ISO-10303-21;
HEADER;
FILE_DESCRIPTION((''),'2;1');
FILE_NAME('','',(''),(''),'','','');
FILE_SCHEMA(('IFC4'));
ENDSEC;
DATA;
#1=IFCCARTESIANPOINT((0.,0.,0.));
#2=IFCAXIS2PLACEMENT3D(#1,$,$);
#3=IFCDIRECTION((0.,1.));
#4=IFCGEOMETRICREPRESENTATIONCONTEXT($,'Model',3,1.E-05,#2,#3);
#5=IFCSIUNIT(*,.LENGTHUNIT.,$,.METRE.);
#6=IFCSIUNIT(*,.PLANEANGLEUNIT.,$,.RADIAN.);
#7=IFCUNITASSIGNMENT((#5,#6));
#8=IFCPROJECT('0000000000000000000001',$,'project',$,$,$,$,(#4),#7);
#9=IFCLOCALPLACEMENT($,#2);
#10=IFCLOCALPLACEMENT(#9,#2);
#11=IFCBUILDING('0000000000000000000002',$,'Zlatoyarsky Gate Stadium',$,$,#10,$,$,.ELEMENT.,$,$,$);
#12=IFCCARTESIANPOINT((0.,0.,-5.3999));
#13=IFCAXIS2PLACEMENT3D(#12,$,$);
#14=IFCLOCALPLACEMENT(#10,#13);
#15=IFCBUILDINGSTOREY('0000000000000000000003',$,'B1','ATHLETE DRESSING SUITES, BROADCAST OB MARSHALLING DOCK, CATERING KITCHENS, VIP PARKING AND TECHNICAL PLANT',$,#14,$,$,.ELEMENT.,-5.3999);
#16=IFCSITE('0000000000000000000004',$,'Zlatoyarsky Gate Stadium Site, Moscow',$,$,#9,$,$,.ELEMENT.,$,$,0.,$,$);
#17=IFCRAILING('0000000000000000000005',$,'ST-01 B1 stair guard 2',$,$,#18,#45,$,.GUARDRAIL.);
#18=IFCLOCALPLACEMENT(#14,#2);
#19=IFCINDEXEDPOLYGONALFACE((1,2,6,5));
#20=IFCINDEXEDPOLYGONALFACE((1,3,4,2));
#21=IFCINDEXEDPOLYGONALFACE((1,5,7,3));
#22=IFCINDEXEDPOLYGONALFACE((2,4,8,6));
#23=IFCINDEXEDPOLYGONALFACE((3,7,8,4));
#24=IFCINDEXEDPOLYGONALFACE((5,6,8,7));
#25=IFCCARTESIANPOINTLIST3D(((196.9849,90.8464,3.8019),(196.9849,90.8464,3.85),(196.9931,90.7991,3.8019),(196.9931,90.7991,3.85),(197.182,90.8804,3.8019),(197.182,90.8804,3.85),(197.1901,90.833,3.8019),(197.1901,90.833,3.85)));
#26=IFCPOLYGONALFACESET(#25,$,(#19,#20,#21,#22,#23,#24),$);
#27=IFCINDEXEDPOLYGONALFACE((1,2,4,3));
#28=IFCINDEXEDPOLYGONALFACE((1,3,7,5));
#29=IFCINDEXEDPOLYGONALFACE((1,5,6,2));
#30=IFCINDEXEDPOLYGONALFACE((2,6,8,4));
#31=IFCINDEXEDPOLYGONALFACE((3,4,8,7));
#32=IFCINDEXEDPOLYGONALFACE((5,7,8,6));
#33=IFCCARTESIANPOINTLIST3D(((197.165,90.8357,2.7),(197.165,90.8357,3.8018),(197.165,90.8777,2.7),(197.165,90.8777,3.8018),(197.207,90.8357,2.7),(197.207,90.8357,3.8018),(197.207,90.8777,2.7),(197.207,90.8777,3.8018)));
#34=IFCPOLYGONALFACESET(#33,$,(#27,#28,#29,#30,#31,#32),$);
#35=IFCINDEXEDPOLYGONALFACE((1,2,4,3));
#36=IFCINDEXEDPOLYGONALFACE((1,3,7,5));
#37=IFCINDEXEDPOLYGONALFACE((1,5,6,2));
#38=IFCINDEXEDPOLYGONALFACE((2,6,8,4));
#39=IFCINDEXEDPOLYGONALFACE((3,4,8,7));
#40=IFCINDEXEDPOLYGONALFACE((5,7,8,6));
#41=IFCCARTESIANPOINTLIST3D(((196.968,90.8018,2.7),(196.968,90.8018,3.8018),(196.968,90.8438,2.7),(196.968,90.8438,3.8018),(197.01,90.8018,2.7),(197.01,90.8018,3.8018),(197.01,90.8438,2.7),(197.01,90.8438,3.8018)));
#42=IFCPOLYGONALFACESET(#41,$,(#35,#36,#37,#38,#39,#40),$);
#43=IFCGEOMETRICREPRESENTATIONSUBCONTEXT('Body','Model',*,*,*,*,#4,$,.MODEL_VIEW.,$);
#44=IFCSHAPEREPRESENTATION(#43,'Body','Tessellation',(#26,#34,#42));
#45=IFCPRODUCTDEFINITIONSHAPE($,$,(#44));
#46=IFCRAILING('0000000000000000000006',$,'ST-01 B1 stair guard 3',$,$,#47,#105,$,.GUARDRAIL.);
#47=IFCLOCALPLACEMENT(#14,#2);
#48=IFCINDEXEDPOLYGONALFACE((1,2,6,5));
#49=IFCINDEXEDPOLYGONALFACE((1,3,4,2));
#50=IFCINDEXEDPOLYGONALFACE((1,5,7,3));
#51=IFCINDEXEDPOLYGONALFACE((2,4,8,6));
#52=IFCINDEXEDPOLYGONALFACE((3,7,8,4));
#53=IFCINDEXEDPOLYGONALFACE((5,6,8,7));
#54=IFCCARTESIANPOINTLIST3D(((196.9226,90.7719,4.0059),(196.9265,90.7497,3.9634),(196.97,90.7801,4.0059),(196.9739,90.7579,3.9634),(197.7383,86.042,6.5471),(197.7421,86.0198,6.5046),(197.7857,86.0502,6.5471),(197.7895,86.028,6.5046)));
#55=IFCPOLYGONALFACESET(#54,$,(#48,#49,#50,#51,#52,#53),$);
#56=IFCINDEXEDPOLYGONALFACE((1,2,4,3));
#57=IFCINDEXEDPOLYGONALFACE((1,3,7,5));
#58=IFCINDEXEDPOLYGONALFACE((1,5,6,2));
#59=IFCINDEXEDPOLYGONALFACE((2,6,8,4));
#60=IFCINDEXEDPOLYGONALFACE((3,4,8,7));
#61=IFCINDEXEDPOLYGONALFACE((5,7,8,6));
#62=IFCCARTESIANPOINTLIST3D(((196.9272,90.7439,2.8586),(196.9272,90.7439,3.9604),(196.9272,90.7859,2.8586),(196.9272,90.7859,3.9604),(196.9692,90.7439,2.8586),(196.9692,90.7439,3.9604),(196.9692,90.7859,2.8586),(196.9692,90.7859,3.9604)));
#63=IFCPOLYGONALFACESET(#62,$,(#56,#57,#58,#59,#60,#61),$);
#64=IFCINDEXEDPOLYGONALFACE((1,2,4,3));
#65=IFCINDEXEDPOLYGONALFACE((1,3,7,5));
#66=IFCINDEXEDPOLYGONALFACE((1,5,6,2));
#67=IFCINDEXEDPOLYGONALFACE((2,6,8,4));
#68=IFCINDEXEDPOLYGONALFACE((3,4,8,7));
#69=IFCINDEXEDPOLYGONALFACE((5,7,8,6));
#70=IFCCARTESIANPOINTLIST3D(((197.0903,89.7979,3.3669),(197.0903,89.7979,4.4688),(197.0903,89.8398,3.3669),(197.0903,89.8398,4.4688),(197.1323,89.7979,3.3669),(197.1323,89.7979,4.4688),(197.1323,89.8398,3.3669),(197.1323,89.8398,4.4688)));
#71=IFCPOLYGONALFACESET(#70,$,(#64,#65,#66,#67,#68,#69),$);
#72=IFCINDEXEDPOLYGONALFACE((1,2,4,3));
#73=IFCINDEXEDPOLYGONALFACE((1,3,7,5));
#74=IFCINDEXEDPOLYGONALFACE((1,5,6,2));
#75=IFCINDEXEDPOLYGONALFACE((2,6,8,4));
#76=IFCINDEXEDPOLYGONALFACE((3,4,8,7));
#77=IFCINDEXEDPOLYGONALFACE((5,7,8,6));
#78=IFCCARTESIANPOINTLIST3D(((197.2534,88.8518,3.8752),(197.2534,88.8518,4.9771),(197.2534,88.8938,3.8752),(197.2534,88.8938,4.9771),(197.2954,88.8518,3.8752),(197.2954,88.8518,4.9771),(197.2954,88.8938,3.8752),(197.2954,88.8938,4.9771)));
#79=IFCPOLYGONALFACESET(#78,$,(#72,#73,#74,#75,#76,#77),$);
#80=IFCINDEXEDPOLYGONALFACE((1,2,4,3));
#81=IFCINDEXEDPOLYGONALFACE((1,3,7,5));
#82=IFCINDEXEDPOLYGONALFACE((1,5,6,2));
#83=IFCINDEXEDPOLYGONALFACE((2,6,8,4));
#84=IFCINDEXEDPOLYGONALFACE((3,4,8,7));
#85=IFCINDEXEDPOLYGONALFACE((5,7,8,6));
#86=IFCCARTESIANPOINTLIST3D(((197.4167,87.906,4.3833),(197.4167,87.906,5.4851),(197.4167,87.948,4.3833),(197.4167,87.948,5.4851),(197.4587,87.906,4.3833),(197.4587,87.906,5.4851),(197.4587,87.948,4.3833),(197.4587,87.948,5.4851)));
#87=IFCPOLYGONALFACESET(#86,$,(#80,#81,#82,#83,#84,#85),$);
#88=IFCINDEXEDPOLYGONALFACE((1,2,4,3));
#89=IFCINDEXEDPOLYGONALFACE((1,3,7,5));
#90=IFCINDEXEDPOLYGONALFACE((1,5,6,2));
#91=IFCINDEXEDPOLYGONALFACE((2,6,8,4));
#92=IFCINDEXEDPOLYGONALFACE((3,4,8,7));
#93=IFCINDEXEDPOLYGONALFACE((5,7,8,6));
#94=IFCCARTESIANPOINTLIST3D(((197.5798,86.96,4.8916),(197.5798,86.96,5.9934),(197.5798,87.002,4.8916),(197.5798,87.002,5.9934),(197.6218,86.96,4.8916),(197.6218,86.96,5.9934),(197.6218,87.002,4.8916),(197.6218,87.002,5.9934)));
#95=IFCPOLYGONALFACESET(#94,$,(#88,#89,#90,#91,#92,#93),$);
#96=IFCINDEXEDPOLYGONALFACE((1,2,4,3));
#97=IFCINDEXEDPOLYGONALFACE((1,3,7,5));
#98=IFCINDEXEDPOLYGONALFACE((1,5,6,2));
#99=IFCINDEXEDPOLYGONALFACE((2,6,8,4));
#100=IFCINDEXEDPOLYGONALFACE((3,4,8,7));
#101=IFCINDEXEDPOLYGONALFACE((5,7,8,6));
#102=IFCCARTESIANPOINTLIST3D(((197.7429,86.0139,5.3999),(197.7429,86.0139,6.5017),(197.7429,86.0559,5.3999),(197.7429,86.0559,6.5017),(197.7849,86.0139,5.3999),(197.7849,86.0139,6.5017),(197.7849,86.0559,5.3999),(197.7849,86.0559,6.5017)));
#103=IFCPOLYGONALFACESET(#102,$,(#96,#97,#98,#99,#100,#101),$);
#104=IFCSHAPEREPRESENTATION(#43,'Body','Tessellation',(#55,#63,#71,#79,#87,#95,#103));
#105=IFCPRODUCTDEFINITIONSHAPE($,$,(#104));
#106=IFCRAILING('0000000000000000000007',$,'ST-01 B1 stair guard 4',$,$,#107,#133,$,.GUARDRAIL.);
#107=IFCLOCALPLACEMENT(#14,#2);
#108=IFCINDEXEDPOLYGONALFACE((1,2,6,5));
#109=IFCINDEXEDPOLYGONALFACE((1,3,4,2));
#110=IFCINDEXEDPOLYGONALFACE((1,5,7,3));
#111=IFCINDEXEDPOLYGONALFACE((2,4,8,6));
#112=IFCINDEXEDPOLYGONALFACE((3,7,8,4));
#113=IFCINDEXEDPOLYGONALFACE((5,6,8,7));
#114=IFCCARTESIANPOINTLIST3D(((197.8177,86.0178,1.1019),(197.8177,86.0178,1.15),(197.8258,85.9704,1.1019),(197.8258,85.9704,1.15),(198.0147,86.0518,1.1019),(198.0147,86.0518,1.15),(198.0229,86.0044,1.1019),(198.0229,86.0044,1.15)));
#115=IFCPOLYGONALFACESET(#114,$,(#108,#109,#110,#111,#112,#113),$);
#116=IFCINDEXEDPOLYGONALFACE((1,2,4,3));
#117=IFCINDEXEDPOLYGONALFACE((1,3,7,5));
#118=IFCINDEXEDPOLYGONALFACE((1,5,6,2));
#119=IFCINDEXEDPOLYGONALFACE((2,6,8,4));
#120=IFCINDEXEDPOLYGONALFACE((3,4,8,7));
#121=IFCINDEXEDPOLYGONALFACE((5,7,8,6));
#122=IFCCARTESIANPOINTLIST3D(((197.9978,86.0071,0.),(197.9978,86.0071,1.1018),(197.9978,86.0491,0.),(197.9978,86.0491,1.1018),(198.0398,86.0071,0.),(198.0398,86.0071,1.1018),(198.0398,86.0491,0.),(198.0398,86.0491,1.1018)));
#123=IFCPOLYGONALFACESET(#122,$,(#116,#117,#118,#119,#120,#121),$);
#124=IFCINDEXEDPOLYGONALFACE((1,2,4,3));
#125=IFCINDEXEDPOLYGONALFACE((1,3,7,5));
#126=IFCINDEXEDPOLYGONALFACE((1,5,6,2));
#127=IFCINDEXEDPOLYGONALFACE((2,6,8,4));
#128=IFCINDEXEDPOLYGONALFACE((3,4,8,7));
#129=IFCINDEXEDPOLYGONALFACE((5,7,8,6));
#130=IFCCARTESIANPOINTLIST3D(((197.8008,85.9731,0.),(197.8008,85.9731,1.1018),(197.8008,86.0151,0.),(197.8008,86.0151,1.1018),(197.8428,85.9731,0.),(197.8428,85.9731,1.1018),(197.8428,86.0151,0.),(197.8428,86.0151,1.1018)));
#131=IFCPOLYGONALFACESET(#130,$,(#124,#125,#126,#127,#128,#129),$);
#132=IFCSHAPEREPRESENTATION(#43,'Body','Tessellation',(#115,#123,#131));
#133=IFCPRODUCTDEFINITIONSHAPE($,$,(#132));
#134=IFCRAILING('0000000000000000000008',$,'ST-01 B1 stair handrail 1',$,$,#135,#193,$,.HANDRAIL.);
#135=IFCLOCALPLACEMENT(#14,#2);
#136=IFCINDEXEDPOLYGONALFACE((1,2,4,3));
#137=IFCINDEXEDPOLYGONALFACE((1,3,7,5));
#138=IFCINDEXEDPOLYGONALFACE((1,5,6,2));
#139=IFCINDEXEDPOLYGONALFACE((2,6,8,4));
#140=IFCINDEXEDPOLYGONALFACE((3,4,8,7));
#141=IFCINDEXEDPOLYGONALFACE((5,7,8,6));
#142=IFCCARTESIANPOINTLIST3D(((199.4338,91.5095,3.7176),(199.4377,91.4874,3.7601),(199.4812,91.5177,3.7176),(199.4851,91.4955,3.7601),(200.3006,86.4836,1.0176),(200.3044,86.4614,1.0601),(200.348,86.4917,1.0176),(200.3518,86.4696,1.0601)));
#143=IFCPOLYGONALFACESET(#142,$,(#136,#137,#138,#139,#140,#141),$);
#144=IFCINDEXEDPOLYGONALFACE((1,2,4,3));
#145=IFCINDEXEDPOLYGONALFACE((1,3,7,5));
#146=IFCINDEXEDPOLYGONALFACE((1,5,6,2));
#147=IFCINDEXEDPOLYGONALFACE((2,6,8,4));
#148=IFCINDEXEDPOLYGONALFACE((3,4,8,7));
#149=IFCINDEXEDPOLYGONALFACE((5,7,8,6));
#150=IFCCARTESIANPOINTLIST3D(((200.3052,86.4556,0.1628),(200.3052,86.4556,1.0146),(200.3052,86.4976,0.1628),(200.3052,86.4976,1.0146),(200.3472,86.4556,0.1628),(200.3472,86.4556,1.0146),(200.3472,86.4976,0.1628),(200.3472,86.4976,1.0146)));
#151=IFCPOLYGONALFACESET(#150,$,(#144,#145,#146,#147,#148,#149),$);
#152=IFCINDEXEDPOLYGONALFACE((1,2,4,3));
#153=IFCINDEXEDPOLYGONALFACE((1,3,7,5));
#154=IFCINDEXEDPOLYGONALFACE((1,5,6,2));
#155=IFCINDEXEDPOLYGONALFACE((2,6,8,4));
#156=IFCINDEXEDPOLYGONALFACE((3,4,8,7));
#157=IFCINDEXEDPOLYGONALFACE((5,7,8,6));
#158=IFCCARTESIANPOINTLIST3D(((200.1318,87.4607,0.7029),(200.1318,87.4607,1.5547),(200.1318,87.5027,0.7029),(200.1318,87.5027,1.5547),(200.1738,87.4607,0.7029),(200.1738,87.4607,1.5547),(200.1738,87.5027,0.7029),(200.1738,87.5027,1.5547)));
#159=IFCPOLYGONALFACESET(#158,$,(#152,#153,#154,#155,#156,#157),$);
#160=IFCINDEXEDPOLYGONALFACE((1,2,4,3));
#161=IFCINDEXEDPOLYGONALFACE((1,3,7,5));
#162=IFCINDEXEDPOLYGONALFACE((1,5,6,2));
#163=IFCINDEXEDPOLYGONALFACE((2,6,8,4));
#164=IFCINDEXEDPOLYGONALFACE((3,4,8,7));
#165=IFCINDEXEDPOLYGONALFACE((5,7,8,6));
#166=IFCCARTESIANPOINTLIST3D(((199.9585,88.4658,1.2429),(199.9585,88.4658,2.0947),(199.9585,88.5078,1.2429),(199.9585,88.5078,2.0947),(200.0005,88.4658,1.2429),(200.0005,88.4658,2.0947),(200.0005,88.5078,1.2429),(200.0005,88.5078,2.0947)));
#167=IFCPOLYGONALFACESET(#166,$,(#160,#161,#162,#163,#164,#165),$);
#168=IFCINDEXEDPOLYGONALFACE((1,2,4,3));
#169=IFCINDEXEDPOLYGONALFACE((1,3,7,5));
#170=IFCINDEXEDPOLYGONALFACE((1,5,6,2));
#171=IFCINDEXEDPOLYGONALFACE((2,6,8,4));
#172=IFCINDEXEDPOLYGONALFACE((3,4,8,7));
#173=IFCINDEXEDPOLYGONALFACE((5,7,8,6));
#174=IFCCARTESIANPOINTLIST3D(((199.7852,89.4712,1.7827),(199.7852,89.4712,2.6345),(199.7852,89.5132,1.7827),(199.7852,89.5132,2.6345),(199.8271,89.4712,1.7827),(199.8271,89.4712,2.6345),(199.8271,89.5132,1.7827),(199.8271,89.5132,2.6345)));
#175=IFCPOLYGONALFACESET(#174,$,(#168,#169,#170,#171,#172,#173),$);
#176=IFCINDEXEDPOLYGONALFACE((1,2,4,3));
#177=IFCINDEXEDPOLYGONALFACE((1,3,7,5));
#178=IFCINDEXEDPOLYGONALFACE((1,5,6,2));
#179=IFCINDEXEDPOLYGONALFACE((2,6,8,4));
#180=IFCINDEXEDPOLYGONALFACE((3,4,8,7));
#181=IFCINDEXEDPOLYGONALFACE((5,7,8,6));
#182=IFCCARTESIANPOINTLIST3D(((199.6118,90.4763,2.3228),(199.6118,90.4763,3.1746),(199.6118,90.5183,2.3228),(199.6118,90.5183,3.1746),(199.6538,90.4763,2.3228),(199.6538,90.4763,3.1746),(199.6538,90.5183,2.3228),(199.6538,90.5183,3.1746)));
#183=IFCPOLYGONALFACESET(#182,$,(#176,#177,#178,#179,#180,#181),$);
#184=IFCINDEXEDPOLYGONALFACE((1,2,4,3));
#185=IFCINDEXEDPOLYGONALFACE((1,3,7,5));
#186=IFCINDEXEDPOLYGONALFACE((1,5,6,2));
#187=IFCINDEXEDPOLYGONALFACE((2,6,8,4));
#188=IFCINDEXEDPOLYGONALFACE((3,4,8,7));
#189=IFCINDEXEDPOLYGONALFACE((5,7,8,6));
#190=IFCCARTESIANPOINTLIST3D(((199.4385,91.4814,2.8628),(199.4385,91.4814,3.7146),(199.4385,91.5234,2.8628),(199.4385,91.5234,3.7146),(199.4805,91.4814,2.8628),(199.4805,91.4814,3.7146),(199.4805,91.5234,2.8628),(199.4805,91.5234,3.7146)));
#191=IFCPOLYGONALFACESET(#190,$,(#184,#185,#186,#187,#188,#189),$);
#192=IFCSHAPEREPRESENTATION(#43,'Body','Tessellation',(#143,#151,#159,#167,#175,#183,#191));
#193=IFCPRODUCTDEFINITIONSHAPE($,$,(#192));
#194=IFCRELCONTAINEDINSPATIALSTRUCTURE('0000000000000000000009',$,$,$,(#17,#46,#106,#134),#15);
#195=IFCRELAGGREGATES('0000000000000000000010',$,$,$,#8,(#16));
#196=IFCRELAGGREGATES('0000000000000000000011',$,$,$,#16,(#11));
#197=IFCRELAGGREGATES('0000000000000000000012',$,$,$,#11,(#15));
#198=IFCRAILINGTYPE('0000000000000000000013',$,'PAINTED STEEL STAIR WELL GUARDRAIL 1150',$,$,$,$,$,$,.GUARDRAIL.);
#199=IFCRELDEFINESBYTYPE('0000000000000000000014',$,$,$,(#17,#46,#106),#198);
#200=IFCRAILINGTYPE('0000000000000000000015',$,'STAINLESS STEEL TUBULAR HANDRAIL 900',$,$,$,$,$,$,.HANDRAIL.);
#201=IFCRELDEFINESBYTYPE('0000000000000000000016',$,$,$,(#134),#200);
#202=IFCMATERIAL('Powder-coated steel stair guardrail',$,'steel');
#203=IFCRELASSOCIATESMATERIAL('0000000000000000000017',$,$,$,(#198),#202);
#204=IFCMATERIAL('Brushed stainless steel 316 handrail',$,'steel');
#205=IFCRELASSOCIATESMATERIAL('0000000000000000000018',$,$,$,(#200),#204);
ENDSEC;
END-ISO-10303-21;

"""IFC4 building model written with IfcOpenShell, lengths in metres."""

from ifc_helpers import new_model, si_unit, direction, frame, origin, origin_2d, place, context, subcontext, project, spatial, rectangle, extrude, material, type_object, element, save


model = new_model("IFC4")

# Units and contexts
model_context = context("Model", 3, precision=1e-05, world=origin(), true_north=direction((0.0, 1.0)))
body_context = subcontext(model_context, "Body", "Model", "MODEL_VIEW")
ifc_project = project(units=[si_unit("LENGTHUNIT", "METRE"), si_unit("PLANEANGLEUNIT", "RADIAN")], contexts=[model_context])

# Site, building, storey
site_placement = place(None, origin())
site = spatial("IfcSite", under=ifc_project, at=site_placement, Name="Zlatoyarsky Gate Stadium Site, Moscow", CompositionType="ELEMENT", RefElevation=0.0)
building_placement = place(site_placement, origin())
building = spatial("IfcBuilding", under=site, at=building_placement, Name="Zlatoyarsky Gate Stadium", CompositionType="ELEMENT")
storey_placement = place(building_placement, frame((0.0, 0.0, -5.3999)))
storey = spatial("IfcBuildingStorey", under=building, at=storey_placement, Name="B1", Description="ATHLETE DRESSING SUITES, BROADCAST OB MARSHALLING DOCK, CATERING KITCHENS, VIP PARKING AND TECHNICAL PLANT", CompositionType="ELEMENT", Elevation=-5.3999)

# Railings
ifc_material_1 = material(Name="Powder-coated steel stair guardrail", Category="steel")
railing_type_1 = type_object("IfcRailingType", Name="PAINTED STEEL STAIR WELL GUARDRAIL 1150", PredefinedType="GUARDRAIL", material=ifc_material_1)
railing_1_placement = place(storey_placement, frame((197.186, 90.8567, 2.7)))
element("IfcRailing", 1, at=railing_1_placement, inside=storey, type_object=railing_type_1, Name="ST-01 B1 stair guard 2", PredefinedType="GUARDRAIL", context=body_context, shape_type="SweptSolid", body=[
    extrude(rectangle(XDim=0.0481, YDim=0.0481, at=origin_2d()), frame((0.0, 0.0, 1.126), z_axis=(-0.985488, -0.169743, 0.0), x_axis=(0.169743, -0.985488, 0.0)), (0.0, 0.0, 1.0), 0.2),
    extrude(rectangle(XDim=0.042, YDim=0.042, at=origin_2d()), origin(), (0.0, 0.0, 1.0), 1.1018),
    extrude(rectangle(XDim=0.042, YDim=0.042, at=origin_2d()), frame((-0.197, -0.0339, 0.0)), (0.0, 0.0, 1.0), 1.1018),
])
railing_2_placement = place(storey_placement, frame((196.9482, 90.7649, 2.8586)))
element("IfcRailing", 2, at=railing_2_placement, inside=storey, type_object=railing_type_1, Name="ST-01 B1 stair guard 3", PredefinedType="GUARDRAIL", context=body_context, shape_type="SweptSolid", body=[
    extrude(rectangle(XDim=0.0481, YDim=0.0481, at=origin_2d()), frame((0.0, 0.0, 1.126), z_axis=(0.150188, -0.870918, 0.467915), x_axis=(0.985455, 0.169939, 0.0)), (0.0, 0.0, 1.0), 5.4309),
    extrude(rectangle(XDim=0.042, YDim=0.042, at=origin_2d()), origin(), (0.0, 0.0, 1.0), 1.1018),
    extrude(rectangle(XDim=0.042, YDim=0.042, at=origin_2d()), frame((0.1631, -0.946, 0.5083)), (0.0, 0.0, 1.0), 1.1018),
    extrude(rectangle(XDim=0.042, YDim=0.042, at=origin_2d()), frame((0.3262, -1.8921, 1.0166)), (0.0, 0.0, 1.0), 1.1018),
    extrude(rectangle(XDim=0.042, YDim=0.042, at=origin_2d()), frame((0.4895, -2.8379, 1.5247)), (0.0, 0.0, 1.0), 1.1018),
    extrude(rectangle(XDim=0.042, YDim=0.042, at=origin_2d()), frame((0.6526, -3.7839, 2.033)), (0.0, 0.0, 1.0), 1.1018),
    extrude(rectangle(XDim=0.042, YDim=0.042, at=origin_2d()), frame((0.8157, -4.73, 2.5413)), (0.0, 0.0, 1.0), 1.1018),
])
railing_3_placement = place(storey_placement, frame((198.0188, 86.0281, 0.0)))
element("IfcRailing", 3, at=railing_3_placement, inside=storey, type_object=railing_type_1, Name="ST-01 B1 stair guard 4", PredefinedType="GUARDRAIL", context=body_context, shape_type="SweptSolid", body=[
    extrude(rectangle(XDim=0.0481, YDim=0.0481, at=origin_2d()), frame((0.0, 0.0, 1.126), z_axis=(-0.985488, -0.169743, 0.0), x_axis=(0.169743, -0.985488, 0.0)), (0.0, 0.0, 1.0), 0.2),
    extrude(rectangle(XDim=0.042, YDim=0.042, at=origin_2d()), origin(), (0.0, 0.0, 1.0), 1.1018),
    extrude(rectangle(XDim=0.042, YDim=0.042, at=origin_2d()), frame((-0.197, -0.0339, 0.0)), (0.0, 0.0, 1.0), 1.1018),
])
ifc_material_2 = material(Name="Brushed stainless steel 316 handrail", Category="steel")
railing_type_2 = type_object("IfcRailingType", Name="STAINLESS STEEL TUBULAR HANDRAIL 900", PredefinedType="HANDRAIL", material=ifc_material_2)
railing_4_placement = place(storey_placement, frame((200.3262, 86.4766, 0.1628)))
element("IfcRailing", 4, at=railing_4_placement, inside=storey, type_object=railing_type_2, Name="ST-01 B1 stair handrail 1", PredefinedType="HANDRAIL", context=body_context, shape_type="SweptSolid", body=[
    extrude(rectangle(XDim=0.0481, YDim=0.0481, at=origin_2d()), frame((0.0, 0.0, 0.876), z_axis=(-0.150191, 0.870939, 0.467877), x_axis=(-0.985455, -0.169939, 0.0)), (0.0, 0.0, 1.0), 5.7708),
    extrude(rectangle(XDim=0.042, YDim=0.042, at=origin_2d()), origin(), (0.0, 0.0, 1.0), 0.8518),
    extrude(rectangle(XDim=0.042, YDim=0.042, at=origin_2d()), frame((-0.1733, 1.0051, 0.54)), (0.0, 0.0, 1.0), 0.8518),
    extrude(rectangle(XDim=0.042, YDim=0.042, at=origin_2d()), frame((-0.3467, 2.0103, 1.0801)), (0.0, 0.0, 1.0), 0.8518),
    extrude(rectangle(XDim=0.042, YDim=0.042, at=origin_2d()), frame((-0.52, 3.0156, 1.6199)), (0.0, 0.0, 1.0), 0.8518),
    extrude(rectangle(XDim=0.042, YDim=0.042, at=origin_2d()), frame((-0.6934, 4.0208, 2.1599)), (0.0, 0.0, 1.0), 0.8518),
    extrude(rectangle(XDim=0.042, YDim=0.042, at=origin_2d()), frame((-0.8667, 5.0259, 2.7)), (0.0, 0.0, 1.0), 0.8518),
])

save(model, "model.ifc")
